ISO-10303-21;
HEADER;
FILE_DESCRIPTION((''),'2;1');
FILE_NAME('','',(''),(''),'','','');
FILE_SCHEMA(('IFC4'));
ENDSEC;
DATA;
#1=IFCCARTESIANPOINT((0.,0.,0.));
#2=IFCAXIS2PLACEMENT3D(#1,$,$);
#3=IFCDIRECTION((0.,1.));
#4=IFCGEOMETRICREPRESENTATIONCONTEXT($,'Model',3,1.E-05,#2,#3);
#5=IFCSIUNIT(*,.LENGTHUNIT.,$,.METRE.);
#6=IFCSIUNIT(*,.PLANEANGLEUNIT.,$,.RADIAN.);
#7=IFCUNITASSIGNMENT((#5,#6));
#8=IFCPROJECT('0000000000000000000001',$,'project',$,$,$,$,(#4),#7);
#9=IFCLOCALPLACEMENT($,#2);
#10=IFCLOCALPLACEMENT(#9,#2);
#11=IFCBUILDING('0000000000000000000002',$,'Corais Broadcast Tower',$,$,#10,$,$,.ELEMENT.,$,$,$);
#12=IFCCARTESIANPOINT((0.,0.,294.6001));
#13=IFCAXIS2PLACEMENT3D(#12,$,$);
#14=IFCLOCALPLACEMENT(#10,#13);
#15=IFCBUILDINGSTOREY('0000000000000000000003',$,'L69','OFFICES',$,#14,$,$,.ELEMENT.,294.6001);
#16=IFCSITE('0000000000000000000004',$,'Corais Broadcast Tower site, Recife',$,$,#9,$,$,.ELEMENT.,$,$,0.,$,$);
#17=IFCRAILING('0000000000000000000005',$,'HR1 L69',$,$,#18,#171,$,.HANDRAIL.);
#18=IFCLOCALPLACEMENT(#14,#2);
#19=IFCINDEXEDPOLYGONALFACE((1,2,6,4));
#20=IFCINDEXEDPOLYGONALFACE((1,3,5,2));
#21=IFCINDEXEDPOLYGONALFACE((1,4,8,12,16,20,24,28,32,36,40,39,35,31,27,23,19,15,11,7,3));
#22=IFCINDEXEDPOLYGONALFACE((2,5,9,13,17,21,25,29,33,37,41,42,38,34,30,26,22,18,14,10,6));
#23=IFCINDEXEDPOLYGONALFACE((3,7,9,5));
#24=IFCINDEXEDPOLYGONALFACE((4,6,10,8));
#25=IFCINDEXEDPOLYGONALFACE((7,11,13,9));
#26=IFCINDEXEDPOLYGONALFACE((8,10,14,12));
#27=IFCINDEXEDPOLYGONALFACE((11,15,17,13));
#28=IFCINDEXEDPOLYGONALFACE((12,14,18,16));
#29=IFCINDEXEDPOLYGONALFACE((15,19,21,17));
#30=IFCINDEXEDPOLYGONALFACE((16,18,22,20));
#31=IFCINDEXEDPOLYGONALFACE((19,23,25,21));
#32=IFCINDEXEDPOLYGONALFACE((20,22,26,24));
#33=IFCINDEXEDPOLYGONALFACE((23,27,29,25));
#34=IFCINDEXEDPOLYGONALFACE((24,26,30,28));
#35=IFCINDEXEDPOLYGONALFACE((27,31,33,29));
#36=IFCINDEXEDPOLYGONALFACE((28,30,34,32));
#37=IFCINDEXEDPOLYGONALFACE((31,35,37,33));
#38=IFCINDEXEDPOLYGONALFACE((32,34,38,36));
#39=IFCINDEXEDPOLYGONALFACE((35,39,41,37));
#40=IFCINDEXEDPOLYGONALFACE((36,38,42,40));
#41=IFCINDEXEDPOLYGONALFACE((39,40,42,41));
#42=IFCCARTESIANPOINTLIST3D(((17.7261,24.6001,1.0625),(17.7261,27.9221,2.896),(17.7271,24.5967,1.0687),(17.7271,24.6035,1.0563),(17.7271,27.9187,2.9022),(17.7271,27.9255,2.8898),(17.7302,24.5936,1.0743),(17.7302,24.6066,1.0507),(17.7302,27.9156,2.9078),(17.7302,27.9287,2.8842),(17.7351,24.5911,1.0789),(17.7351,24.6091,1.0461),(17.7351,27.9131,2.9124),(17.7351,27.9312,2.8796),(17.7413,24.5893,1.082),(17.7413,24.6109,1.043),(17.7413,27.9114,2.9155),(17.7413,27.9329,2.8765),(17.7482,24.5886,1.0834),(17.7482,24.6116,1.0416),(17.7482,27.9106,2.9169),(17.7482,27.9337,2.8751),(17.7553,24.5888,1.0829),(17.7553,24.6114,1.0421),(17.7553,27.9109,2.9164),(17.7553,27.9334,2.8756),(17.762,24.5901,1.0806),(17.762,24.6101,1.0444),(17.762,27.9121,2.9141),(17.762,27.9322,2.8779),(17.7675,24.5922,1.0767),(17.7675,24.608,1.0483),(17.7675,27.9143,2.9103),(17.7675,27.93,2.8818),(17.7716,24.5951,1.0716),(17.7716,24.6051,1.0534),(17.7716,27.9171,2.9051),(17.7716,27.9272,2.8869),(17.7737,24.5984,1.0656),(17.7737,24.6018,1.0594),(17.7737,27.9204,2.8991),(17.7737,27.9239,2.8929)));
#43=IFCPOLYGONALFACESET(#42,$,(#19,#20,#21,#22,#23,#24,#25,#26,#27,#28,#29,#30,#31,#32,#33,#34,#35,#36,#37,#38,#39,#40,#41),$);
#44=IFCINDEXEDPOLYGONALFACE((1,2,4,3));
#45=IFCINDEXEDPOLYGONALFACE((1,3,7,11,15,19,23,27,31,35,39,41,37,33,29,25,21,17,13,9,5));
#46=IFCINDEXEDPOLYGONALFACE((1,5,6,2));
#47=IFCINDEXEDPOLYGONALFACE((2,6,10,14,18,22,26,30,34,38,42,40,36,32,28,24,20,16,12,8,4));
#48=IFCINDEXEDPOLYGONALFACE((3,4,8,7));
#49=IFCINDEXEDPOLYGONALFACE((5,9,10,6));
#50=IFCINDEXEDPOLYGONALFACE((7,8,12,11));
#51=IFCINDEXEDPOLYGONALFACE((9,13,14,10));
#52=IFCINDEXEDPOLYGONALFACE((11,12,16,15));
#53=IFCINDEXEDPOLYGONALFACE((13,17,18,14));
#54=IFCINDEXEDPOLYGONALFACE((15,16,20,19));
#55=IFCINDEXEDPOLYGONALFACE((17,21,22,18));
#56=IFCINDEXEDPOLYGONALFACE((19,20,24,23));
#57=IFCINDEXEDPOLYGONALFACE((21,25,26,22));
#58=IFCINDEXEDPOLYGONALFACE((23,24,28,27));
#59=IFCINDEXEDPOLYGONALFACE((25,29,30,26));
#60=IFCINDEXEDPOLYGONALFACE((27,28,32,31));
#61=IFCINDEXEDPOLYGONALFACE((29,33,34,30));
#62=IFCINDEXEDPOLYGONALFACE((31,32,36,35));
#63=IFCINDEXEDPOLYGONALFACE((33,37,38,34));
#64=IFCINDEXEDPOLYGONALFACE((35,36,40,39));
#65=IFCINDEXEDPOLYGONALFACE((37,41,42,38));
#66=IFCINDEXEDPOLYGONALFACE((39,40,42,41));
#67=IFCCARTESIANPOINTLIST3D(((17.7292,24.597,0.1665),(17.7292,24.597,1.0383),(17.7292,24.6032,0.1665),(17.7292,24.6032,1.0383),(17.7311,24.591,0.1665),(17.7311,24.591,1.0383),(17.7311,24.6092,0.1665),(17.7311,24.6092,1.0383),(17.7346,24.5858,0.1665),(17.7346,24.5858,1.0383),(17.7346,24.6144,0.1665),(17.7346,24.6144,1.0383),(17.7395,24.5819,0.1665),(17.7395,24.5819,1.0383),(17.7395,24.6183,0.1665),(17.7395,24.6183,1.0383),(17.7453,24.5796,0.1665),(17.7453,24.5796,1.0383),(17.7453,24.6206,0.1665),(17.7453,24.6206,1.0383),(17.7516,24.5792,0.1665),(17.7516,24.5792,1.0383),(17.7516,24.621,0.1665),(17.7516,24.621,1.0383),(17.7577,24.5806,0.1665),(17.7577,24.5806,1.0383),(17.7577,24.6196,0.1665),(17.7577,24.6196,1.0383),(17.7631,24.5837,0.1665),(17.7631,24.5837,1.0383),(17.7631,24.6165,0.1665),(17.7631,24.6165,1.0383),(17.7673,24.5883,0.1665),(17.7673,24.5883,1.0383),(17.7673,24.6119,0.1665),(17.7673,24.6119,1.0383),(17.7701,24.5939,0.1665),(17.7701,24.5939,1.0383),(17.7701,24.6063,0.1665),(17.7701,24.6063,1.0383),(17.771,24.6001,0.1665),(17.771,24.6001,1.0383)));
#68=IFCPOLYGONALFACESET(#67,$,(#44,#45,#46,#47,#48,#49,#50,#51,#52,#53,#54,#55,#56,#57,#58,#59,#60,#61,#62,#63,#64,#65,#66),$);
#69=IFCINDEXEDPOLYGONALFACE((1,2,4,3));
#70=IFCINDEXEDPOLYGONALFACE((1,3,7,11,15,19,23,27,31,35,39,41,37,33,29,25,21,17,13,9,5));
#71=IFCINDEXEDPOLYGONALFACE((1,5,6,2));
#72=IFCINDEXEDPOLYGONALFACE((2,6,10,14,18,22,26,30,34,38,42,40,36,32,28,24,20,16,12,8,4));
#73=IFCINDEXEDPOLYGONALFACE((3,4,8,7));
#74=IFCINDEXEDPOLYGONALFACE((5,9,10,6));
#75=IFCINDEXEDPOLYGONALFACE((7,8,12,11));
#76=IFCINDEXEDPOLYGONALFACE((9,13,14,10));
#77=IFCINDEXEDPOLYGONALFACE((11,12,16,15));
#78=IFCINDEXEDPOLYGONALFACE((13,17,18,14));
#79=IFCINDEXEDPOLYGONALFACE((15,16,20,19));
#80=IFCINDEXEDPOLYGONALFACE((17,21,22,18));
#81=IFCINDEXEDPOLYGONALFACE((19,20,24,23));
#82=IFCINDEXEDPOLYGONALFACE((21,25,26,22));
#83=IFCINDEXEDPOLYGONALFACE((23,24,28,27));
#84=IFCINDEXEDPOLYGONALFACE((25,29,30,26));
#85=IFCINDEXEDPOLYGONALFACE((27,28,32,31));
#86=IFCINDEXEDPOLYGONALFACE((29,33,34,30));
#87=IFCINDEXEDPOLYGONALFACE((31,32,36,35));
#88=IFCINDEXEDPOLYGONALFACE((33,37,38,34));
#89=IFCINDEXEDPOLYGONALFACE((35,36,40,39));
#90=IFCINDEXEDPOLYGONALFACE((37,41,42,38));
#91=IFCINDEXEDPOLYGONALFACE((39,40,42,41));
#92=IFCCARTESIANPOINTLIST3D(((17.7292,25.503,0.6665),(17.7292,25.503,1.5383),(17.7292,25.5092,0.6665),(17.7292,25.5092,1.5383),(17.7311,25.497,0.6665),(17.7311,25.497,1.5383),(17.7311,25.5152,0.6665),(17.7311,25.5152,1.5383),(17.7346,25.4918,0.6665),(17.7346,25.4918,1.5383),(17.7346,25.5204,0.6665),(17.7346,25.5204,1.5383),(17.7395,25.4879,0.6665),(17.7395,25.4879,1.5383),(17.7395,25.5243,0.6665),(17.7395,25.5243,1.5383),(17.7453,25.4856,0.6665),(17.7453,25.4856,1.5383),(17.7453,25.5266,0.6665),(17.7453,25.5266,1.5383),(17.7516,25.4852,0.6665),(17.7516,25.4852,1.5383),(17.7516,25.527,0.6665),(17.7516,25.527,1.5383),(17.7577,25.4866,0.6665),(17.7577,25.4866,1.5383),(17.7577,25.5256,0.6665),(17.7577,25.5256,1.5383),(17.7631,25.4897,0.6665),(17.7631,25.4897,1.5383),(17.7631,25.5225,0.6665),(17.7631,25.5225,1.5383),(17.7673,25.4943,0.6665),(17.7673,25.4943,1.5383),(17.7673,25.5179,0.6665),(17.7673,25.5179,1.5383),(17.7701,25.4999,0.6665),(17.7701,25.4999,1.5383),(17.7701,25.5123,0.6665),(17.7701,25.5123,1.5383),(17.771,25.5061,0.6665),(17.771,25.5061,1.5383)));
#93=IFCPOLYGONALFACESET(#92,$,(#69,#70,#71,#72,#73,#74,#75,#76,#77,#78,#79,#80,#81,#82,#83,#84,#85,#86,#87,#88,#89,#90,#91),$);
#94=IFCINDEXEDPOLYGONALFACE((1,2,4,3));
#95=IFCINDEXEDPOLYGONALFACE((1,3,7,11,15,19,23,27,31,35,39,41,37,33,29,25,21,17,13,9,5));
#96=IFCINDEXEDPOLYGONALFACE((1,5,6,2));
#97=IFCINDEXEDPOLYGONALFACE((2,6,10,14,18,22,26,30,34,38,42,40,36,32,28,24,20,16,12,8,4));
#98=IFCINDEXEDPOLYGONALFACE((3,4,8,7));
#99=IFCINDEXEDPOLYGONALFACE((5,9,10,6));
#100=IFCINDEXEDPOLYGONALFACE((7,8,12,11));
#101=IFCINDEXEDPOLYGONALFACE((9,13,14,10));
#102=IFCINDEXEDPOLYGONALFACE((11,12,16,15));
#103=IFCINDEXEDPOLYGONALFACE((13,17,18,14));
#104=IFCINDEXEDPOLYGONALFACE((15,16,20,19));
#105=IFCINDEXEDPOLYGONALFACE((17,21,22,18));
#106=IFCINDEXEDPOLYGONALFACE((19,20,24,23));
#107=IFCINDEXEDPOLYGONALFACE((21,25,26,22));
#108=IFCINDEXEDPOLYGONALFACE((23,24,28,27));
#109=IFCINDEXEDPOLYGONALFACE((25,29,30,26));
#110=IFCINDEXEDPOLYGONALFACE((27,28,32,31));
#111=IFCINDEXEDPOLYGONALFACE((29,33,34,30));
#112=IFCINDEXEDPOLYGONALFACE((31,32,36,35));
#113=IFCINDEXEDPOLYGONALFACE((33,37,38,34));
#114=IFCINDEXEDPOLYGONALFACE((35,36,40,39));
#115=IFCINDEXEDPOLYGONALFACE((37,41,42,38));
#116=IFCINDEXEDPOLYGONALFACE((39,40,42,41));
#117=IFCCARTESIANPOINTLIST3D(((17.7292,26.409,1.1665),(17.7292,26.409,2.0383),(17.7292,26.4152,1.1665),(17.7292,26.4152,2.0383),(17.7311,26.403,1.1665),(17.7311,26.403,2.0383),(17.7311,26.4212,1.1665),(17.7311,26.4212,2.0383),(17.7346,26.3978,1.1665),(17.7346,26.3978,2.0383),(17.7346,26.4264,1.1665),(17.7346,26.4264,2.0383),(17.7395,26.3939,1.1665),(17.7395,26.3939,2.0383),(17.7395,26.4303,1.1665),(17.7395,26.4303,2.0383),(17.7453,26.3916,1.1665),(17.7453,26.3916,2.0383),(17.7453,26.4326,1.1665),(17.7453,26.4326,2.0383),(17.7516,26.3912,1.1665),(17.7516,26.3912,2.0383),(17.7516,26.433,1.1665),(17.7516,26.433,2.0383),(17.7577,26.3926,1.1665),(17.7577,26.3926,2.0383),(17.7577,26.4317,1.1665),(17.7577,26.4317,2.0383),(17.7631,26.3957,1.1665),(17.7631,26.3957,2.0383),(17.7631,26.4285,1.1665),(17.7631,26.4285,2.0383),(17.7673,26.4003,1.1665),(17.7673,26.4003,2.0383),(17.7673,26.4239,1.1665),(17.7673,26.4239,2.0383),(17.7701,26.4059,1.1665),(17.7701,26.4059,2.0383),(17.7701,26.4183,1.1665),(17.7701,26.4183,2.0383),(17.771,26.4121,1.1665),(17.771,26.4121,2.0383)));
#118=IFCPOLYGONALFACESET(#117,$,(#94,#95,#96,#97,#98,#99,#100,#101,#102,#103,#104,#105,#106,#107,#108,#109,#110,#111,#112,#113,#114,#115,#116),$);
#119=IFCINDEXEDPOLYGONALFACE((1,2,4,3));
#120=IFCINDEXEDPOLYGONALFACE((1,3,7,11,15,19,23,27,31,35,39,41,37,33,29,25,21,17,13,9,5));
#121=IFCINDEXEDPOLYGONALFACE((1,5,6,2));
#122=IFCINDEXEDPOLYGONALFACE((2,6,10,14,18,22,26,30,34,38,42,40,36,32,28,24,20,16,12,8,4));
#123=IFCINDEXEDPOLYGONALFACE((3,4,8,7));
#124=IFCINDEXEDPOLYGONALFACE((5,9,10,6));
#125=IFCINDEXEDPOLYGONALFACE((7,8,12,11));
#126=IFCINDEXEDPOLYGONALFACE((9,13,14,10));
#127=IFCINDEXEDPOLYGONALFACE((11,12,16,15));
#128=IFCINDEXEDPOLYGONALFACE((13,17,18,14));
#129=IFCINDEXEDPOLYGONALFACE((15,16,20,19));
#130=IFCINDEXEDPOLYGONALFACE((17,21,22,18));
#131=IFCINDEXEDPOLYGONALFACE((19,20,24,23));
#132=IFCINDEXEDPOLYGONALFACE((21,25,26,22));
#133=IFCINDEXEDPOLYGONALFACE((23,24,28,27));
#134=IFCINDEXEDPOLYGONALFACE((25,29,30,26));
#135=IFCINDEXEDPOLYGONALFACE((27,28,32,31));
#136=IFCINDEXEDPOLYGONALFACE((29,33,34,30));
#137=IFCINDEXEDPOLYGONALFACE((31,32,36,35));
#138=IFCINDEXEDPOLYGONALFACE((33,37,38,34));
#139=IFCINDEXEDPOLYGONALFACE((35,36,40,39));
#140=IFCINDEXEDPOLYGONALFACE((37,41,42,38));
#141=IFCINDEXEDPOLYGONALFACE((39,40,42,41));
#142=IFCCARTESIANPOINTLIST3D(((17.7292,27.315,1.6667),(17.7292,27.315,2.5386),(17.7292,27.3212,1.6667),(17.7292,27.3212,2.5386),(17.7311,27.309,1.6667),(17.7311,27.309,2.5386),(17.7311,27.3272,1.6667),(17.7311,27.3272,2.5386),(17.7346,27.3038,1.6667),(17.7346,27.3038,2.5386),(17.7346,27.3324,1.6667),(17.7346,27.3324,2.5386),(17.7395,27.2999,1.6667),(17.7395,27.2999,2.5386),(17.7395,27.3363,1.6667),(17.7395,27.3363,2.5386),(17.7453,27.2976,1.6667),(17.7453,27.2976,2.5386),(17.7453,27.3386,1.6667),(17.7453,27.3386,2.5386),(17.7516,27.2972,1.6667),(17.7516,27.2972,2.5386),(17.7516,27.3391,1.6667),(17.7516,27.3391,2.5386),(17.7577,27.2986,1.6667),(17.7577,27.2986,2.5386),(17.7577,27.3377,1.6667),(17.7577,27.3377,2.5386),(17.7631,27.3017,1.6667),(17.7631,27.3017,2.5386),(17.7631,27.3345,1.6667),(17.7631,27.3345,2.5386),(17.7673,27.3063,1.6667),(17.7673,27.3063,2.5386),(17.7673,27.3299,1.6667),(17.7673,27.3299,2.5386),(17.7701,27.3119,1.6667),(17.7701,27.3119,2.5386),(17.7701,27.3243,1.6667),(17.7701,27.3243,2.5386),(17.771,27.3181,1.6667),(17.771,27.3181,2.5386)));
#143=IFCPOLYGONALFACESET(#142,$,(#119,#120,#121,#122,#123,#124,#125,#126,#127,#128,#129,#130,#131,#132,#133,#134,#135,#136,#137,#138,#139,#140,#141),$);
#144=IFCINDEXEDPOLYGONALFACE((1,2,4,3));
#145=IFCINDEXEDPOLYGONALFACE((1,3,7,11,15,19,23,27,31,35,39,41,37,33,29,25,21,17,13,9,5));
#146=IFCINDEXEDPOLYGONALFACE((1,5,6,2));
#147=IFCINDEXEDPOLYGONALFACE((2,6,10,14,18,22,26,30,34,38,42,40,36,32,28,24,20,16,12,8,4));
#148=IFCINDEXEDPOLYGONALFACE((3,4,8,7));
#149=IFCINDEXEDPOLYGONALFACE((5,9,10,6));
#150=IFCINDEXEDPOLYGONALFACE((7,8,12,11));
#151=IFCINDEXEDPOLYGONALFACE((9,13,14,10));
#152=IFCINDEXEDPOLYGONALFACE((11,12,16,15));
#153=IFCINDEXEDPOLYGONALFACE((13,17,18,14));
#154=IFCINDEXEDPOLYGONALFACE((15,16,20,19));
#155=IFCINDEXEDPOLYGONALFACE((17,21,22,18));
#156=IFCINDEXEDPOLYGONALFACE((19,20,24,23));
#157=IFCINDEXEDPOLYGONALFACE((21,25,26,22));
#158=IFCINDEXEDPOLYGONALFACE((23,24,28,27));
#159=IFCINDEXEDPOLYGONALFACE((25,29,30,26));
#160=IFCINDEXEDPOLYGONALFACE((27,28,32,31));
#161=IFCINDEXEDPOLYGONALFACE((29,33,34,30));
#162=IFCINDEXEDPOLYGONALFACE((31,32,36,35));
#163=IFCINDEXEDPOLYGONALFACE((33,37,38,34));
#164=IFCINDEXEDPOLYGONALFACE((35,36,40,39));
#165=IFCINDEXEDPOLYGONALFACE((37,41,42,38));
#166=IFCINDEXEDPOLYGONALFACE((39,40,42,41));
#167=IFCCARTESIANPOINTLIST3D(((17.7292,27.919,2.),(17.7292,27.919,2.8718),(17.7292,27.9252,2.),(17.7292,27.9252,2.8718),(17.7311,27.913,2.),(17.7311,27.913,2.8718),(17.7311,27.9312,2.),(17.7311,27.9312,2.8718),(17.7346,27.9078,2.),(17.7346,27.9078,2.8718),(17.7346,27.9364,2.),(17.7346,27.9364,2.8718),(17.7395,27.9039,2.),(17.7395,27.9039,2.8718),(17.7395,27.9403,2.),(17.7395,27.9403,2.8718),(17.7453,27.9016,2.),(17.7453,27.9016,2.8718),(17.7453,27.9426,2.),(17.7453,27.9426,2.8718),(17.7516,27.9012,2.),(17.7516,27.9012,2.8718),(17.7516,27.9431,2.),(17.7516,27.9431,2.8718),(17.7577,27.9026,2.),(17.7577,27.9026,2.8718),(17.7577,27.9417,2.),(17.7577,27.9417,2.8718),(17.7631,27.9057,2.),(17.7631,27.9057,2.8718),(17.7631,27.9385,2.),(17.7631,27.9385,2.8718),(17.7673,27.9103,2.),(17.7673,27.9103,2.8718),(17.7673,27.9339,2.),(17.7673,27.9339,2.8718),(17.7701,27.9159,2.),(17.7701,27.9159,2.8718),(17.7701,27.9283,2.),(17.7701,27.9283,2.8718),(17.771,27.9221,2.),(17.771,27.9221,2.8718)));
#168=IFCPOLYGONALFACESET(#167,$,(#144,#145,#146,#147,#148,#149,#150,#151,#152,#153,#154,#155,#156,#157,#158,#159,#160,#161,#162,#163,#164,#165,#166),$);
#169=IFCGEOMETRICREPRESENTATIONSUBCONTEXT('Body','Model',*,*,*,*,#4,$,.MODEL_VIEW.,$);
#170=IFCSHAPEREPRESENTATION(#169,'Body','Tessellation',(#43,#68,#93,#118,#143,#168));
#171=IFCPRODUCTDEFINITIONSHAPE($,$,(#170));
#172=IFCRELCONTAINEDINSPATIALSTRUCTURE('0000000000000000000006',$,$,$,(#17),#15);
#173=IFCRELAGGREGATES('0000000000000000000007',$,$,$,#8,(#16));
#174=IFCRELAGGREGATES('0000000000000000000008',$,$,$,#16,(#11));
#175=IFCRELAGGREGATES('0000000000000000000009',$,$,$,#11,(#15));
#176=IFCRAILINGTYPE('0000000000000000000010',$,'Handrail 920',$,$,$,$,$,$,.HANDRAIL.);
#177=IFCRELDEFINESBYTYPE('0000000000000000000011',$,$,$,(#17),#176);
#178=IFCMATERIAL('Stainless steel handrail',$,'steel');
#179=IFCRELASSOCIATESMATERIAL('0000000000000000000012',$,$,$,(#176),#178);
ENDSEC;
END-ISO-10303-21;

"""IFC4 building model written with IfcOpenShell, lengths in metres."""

from ifc_helpers import new_model, si_unit, direction, frame, origin, origin_2d, place, context, subcontext, project, spatial, circle, extrude, material, type_object, element, save


model = new_model("IFC4")

# Units and contexts
model_context = context("Model", 3, precision=1e-05, world=origin(), true_north=direction((0.0, 1.0)))
body_context = subcontext(model_context, "Body", "Model", "MODEL_VIEW")
ifc_project = project(units=[si_unit("LENGTHUNIT", "METRE"), si_unit("PLANEANGLEUNIT", "RADIAN")], contexts=[model_context])

# Site, building, storey
site_placement = place(None, origin())
site = spatial("IfcSite", under=ifc_project, at=site_placement, Name="Corais Broadcast Tower site, Recife", CompositionType="ELEMENT", RefElevation=0.0)
building_placement = place(site_placement, origin())
building = spatial("IfcBuilding", under=site, at=building_placement, Name="Corais Broadcast Tower", CompositionType="ELEMENT")
storey_placement = place(building_placement, frame((0.0, 0.0, 294.6001)))
storey = spatial("IfcBuildingStorey", under=building, at=storey_placement, Name="L69", Description="OFFICES", CompositionType="ELEMENT", Elevation=294.6001)

# Railing
ifc_material_1 = material(Name="Stainless steel handrail", Category="steel")
railing_type = type_object("IfcRailingType", Name="Handrail 920", PredefinedType="HANDRAIL", material=ifc_material_1)
for number, where, name in (
    (1, (17.75, 24.6001, 0.1665), "HR1 L69"),
):
    element("IfcRailing", number, at=place(storey_placement, frame(where)), inside=storey, type_object=railing_type, Name=name, PredefinedType="HANDRAIL", context=body_context, shape_type="SweptSolid", body=[
        extrude(circle(Radius=0.0239, at=origin_2d()), frame((0.0, 0.0, 0.896), z_axis=(0.0, 0.875504, 0.48321), x_axis=(-1.0, 0.0, 0.0)), (0.0, 0.0, 1.0), 3.7944),
        extrude(circle(Radius=0.021, at=origin_2d()), origin(), (0.0, 0.0, 1.0), 0.8718),
        extrude(circle(Radius=0.021, at=origin_2d()), frame((0.0, 0.906, 0.5)), (0.0, 0.0, 1.0), 0.8718),
        extrude(circle(Radius=0.021, at=origin_2d()), frame((0.0, 1.812, 1.0)), (0.0, 0.0, 1.0), 0.8718),
        extrude(circle(Radius=0.021, at=origin_2d()), frame((0.0, 2.718, 1.5002)), (0.0, 0.0, 1.0), 0.8718),
        extrude(circle(Radius=0.021, at=origin_2d()), frame((0.0, 3.322, 1.8335)), (0.0, 0.0, 1.0), 0.8718),
    ])

save(model, "model.ifc")
